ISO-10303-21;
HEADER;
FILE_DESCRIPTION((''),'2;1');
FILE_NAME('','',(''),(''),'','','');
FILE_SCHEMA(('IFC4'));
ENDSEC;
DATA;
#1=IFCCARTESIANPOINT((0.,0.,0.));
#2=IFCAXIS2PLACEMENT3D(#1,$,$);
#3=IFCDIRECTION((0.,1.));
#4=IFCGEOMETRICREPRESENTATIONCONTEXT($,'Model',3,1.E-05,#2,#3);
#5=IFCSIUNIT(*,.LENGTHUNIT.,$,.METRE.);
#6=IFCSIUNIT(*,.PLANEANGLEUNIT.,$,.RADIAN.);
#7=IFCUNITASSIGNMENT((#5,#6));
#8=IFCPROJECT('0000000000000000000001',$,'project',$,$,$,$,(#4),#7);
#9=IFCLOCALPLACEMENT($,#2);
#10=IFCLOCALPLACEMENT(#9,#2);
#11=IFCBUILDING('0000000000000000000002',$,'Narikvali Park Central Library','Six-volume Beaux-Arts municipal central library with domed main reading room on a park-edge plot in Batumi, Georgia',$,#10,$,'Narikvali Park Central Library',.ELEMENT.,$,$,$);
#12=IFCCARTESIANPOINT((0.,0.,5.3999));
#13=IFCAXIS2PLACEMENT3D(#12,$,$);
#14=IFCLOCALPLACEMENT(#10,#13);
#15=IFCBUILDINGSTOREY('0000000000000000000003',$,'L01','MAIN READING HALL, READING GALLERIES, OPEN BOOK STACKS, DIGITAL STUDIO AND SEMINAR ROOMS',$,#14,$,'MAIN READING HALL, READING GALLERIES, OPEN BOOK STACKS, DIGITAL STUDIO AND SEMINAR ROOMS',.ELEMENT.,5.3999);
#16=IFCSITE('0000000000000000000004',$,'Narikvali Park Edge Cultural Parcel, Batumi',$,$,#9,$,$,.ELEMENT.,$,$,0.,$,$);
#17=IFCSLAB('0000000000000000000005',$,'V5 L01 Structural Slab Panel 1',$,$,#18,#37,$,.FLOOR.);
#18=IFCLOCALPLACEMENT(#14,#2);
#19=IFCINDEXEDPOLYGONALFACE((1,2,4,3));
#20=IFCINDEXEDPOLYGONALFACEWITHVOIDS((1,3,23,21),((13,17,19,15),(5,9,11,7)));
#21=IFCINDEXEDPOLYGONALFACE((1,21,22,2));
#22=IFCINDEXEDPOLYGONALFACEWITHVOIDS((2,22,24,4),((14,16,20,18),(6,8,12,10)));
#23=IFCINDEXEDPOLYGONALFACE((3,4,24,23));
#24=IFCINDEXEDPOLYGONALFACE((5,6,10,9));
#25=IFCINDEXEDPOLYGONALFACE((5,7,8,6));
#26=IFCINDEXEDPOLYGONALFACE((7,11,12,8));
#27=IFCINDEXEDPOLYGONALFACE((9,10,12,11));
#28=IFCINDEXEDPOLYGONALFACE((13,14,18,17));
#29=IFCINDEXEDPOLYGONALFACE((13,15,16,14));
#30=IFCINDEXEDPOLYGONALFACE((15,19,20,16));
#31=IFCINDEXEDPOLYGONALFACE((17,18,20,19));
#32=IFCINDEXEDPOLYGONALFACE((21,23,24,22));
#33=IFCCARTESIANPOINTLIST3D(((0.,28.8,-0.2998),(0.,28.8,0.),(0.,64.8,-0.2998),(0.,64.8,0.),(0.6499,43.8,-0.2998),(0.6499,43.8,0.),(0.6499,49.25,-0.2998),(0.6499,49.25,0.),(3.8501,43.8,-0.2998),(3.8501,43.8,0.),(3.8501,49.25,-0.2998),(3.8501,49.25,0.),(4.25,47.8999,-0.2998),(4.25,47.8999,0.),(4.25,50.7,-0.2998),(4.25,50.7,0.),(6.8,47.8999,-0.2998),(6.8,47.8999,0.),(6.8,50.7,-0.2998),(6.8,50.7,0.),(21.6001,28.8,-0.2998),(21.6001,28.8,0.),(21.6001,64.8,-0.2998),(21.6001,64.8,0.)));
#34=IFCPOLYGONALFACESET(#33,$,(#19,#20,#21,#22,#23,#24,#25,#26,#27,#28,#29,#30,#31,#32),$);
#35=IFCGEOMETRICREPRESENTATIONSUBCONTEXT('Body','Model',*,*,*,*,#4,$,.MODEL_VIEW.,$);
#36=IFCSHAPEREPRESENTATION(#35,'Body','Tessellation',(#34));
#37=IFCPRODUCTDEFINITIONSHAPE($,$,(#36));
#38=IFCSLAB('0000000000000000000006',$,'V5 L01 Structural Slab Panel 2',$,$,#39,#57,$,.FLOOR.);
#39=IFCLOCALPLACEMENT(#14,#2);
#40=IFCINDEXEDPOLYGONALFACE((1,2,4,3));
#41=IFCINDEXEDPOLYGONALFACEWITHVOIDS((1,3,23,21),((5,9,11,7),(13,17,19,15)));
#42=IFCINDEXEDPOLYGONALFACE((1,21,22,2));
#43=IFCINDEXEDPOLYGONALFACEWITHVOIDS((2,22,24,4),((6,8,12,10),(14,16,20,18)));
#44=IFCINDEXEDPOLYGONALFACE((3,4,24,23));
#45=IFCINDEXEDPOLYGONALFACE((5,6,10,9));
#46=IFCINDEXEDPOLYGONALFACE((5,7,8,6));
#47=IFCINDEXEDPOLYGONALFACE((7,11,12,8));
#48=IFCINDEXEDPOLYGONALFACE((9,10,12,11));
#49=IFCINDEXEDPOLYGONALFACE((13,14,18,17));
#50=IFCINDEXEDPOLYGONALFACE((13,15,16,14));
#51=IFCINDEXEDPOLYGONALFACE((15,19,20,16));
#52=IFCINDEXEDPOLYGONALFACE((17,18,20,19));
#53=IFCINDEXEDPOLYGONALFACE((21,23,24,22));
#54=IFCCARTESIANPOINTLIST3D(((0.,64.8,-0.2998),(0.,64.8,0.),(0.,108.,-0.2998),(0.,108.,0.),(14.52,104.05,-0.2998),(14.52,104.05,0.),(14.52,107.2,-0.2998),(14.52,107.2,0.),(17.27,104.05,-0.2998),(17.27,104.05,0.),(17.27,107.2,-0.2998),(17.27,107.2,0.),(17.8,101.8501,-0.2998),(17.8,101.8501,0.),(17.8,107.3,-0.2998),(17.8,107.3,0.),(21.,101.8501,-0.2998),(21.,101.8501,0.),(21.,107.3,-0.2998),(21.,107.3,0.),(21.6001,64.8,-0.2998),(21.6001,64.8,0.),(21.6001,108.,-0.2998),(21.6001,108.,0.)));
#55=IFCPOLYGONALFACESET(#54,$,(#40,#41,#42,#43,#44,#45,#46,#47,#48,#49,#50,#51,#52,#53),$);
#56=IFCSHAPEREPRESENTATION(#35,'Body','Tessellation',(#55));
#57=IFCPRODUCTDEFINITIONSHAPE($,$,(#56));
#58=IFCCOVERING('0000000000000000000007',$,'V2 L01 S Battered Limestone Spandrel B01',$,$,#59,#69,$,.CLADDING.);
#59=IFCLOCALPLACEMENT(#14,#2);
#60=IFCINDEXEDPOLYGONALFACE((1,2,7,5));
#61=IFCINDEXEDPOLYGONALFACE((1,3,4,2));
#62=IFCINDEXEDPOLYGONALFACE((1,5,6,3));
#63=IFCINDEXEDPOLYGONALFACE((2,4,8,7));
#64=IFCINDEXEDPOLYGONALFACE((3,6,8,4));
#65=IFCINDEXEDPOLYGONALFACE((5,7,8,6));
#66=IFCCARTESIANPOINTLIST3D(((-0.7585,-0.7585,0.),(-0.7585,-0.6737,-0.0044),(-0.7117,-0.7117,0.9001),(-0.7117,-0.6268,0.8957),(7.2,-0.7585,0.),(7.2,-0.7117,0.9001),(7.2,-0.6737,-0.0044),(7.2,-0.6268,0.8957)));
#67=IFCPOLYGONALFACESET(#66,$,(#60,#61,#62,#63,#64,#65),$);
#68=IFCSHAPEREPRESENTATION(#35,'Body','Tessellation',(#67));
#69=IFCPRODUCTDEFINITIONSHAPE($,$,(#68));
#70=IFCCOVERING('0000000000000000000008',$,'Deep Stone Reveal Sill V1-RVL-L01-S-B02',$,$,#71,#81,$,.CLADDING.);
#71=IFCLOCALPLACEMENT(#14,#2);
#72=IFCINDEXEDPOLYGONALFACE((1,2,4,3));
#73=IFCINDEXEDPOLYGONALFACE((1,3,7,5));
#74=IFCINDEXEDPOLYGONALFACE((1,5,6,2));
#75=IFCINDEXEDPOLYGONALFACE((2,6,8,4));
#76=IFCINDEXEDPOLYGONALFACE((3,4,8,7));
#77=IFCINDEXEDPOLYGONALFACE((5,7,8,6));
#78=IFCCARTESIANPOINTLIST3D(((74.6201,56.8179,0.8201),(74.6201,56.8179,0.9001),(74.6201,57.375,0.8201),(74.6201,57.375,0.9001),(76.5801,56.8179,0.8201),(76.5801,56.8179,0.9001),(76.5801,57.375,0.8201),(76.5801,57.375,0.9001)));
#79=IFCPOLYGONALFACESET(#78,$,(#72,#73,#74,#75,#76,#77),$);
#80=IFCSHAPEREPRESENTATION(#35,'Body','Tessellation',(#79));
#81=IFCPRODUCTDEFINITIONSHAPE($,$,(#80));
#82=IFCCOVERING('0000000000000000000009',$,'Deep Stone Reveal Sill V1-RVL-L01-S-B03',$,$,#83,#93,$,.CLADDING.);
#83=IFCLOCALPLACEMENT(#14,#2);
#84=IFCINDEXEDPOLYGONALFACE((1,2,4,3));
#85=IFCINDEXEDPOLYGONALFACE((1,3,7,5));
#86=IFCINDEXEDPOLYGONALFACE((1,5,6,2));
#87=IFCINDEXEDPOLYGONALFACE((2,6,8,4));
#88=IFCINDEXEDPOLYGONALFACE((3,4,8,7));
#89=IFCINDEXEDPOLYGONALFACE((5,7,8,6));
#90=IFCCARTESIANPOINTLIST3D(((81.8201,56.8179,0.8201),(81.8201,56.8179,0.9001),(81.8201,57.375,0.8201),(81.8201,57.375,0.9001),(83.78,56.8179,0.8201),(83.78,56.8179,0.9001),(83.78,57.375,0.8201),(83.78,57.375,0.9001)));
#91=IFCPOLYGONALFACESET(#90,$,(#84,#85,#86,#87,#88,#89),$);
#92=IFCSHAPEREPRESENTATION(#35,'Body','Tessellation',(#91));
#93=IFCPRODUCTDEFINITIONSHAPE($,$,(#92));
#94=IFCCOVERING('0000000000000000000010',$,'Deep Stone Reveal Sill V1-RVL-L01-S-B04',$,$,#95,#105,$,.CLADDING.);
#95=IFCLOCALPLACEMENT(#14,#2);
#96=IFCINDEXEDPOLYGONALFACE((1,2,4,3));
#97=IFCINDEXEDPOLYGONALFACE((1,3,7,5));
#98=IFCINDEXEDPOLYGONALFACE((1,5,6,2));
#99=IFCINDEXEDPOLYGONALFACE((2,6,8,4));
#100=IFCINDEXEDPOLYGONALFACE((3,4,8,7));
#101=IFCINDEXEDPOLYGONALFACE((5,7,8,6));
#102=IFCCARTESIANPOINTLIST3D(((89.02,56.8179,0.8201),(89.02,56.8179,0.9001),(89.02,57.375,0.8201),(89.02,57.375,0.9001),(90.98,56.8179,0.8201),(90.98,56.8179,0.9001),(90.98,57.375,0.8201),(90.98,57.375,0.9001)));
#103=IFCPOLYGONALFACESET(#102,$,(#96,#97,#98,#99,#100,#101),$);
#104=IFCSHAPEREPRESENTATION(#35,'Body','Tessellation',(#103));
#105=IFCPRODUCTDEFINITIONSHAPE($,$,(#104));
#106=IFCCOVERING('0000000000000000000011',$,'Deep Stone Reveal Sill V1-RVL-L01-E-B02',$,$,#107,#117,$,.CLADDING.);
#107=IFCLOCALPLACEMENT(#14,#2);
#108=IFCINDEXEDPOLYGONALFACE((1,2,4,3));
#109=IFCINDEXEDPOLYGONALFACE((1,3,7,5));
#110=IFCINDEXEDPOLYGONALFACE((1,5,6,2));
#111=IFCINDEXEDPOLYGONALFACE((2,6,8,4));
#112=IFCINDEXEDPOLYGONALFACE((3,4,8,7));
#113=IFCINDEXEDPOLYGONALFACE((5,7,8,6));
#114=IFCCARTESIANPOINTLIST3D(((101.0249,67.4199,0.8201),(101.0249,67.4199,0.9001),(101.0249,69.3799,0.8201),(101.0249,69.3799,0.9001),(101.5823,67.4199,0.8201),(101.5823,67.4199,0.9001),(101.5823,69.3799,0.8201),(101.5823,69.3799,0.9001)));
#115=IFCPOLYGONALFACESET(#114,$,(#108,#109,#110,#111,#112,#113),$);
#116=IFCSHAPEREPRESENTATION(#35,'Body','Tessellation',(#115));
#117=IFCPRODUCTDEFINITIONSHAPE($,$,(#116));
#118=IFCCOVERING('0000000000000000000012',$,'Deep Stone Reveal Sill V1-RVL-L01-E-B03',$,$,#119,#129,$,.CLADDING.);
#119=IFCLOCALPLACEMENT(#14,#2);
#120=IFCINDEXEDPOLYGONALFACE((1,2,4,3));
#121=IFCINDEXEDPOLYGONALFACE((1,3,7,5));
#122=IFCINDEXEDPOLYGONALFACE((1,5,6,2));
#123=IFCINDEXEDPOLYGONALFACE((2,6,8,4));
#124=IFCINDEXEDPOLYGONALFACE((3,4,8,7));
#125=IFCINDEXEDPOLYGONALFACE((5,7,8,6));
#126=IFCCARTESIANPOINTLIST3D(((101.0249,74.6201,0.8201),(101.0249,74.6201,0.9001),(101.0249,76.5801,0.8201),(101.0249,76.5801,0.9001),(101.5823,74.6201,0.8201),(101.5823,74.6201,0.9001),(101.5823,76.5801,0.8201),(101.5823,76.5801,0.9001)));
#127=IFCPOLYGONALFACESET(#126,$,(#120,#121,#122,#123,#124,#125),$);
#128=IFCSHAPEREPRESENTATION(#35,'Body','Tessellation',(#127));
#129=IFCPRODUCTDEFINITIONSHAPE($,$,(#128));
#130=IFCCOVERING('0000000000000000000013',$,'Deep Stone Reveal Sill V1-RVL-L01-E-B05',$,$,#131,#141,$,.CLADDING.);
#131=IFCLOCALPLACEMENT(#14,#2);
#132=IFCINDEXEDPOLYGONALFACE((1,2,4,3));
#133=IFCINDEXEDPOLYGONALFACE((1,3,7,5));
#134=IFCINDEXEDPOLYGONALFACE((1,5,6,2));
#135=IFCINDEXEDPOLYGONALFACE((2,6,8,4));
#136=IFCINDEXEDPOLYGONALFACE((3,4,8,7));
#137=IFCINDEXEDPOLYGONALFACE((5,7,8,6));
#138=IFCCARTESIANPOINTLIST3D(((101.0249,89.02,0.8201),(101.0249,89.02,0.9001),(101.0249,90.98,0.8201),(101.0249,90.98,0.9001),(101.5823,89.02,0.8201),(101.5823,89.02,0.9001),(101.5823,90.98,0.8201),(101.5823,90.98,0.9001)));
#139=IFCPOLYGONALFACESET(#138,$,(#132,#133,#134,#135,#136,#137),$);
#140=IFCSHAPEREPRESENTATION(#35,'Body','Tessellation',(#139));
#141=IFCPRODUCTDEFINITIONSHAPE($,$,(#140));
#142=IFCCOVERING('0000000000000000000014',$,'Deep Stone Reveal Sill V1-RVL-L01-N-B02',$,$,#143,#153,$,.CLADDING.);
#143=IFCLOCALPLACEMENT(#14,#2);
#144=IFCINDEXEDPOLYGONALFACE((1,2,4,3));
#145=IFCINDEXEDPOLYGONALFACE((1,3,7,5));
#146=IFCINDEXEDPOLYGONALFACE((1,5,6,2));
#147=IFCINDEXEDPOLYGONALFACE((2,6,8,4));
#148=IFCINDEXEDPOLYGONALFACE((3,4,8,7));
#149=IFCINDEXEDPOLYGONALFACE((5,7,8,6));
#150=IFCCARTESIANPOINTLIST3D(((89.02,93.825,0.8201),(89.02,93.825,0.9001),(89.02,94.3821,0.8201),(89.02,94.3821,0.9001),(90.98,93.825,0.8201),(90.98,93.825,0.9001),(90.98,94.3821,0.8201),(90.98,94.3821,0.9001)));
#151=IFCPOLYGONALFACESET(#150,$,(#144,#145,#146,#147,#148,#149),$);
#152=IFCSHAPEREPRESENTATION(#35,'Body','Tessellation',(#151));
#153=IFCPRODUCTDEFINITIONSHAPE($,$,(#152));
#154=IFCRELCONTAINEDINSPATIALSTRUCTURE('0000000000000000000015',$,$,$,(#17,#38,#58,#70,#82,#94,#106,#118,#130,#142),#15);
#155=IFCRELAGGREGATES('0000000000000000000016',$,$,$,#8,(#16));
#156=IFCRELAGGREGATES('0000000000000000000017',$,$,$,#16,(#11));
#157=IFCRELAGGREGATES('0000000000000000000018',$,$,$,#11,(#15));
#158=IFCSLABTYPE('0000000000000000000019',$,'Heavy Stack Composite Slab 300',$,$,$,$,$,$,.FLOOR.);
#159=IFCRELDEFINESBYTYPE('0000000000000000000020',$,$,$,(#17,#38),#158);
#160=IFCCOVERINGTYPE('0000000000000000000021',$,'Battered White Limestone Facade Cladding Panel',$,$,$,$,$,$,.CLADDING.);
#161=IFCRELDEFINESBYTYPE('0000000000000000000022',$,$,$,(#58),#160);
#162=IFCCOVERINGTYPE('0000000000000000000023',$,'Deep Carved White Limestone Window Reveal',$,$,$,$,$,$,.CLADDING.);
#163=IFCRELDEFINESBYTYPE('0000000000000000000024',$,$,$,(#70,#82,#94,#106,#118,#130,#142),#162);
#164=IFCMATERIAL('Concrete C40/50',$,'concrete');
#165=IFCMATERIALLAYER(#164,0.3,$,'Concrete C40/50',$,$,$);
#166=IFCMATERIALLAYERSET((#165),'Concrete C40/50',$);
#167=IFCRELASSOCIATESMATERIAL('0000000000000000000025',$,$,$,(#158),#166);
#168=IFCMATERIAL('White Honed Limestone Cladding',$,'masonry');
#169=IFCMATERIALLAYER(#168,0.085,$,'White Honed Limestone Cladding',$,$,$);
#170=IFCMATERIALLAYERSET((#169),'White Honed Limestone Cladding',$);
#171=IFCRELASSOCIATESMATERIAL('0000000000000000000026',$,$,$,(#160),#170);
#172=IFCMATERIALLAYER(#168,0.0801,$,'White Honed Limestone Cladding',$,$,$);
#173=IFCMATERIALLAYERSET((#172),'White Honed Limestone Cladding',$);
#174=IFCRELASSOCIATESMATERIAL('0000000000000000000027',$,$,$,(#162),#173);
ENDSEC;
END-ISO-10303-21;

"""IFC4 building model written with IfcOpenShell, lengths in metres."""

from ifc_helpers import new_model, si_unit, direction, frame, origin, place, context, subcontext, project, spatial, polyline, outline, extrude, material, layer, layer_set, type_object, element, save


model = new_model("IFC4")

# Units and contexts
model_context = context("Model", 3, precision=1e-05, world=origin(), true_north=direction((0.0, 1.0)))
body_context = subcontext(model_context, "Body", "Model", "MODEL_VIEW")
ifc_project = project(units=[si_unit("LENGTHUNIT", "METRE"), si_unit("PLANEANGLEUNIT", "RADIAN")], contexts=[model_context])

# Site, building, storey
site_placement = place(None, origin())
site = spatial("IfcSite", under=ifc_project, at=site_placement, Name="Narikvali Park Edge Cultural Parcel, Batumi", CompositionType="ELEMENT", RefElevation=0.0)
building_placement = place(site_placement, origin())
building = spatial("IfcBuilding", under=site, at=building_placement, Name="Narikvali Park Central Library", Description="Six-volume Beaux-Arts municipal central library with domed main reading room on a park-edge plot in Batumi, Georgia", LongName="Narikvali Park Central Library", CompositionType="ELEMENT")
storey_placement = place(building_placement, frame((0.0, 0.0, 5.3999)))
storey = spatial("IfcBuildingStorey", under=building, at=storey_placement, Name="L01", Description="MAIN READING HALL, READING GALLERIES, OPEN BOOK STACKS, DIGITAL STUDIO AND SEMINAR ROOMS", LongName="MAIN READING HALL, READING GALLERIES, OPEN BOOK STACKS, DIGITAL STUDIO AND SEMINAR ROOMS", CompositionType="ELEMENT", Elevation=5.3999)

# Slabs
ifc_material_1 = material(Name="Concrete C40/50", Category="concrete")
ifc_layer_1 = layer(ifc_material_1, 0.3, Name="Concrete C40/50")
ifc_layer_set_1 = layer_set([ifc_layer_1], Name="Concrete C40/50")
slab_type_1 = type_object("IfcSlabType", Name="Heavy Stack Composite Slab 300", PredefinedType="FLOOR", material=ifc_layer_set_1)
slab_1_placement = place(storey_placement, frame((0.0, 0.0, -0.2998)))
element("IfcSlab", 1, at=slab_1_placement, inside=storey, type_object=slab_type_1, Name="V5 L01 Structural Slab Panel 1", PredefinedType="FLOOR", context=body_context, shape_type="SweptSolid", body=[
    extrude(outline(polyline([(0.0, 28.8), (21.6001, 28.8), (21.6001, 64.8), (0.0, 64.8), (0.0, 28.8)]), holes=[polyline([(0.6499, 43.8), (3.8501, 43.8), (3.8501, 49.25), (0.6499, 49.25), (0.6499, 43.8)]), polyline([(4.25, 47.8999), (6.8, 47.8999), (6.8, 50.7), (4.25, 50.7), (4.25, 47.8999)])]), origin(), (0.0, 0.0, 1.0), 0.2998),
])
slab_2_placement = place(storey_placement, frame((0.0, 0.0, -0.2998)))
element("IfcSlab", 2, at=slab_2_placement, inside=storey, type_object=slab_type_1, Name="V5 L01 Structural Slab Panel 2", PredefinedType="FLOOR", context=body_context, shape_type="SweptSolid", body=[
    extrude(outline(polyline([(0.0, 64.8), (21.6001, 64.8), (21.6001, 108.0), (0.0, 108.0), (0.0, 64.8)]), holes=[polyline([(17.8, 101.8501), (21.0, 101.8501), (21.0, 107.3), (17.8, 107.3), (17.8, 101.8501)]), polyline([(14.52, 104.05), (17.27, 104.05), (17.27, 107.2), (14.52, 107.2), (14.52, 104.05)])]), origin(), (0.0, 0.0, 1.0), 0.2998),
])

# Coverings
ifc_material_2 = material(Name="White Honed Limestone Cladding", Category="masonry")
ifc_layer_2 = layer(ifc_material_2, 0.085, Name="White Honed Limestone Cladding")
ifc_layer_set_2 = layer_set([ifc_layer_2], Name="White Honed Limestone Cladding")
covering_type_1 = type_object("IfcCoveringType", Name="Battered White Limestone Facade Cladding Panel", PredefinedType="CLADDING", material=ifc_layer_set_2)
covering_1_placement = place(storey_placement, frame((-0.7585, -0.7585, 0.0), z_axis=(0.0, -0.998647, 0.052004), x_axis=(1.0, 0.0, 0.0)))
element("IfcCovering", 3, at=covering_1_placement, inside=storey, type_object=covering_type_1, Name="V2 L01 S Battered Limestone Spandrel B01", PredefinedType="CLADDING", context=body_context, shape_type="SweptSolid", body=[
    extrude(outline(polyline([(0.0, 0.0), (7.9585, 0.0), (7.9585, 0.9014), (0.0469, 0.9014), (0.0, 0.0)])), origin(), (0.0, 0.0, -1.0), 0.085),
])
ifc_layer_3 = layer(ifc_material_2, 0.0801, Name="White Honed Limestone Cladding")
ifc_layer_set_3 = layer_set([ifc_layer_3], Name="White Honed Limestone Cladding")
covering_type_2 = type_object("IfcCoveringType", Name="Deep Carved White Limestone Window Reveal", PredefinedType="CLADDING", material=ifc_layer_set_3)
covering_2_placement = place(storey_placement, frame((0.0, 0.0, 0.8201)))
element("IfcCovering", 4, at=covering_2_placement, inside=storey, type_object=covering_type_2, Name="Deep Stone Reveal Sill V1-RVL-L01-S-B02", PredefinedType="CLADDING", context=body_context, shape_type="SweptSolid", body=[
    extrude(outline(polyline([(74.6201, 57.375), (76.5801, 57.375), (76.5801, 56.8179), (74.6201, 56.8179), (74.6201, 57.375)])), origin(), (0.0, 0.0, 1.0), 0.0801),
])
covering_3_placement = place(storey_placement, frame((0.0, 0.0, 0.8201)))
element("IfcCovering", 5, at=covering_3_placement, inside=storey, type_object=covering_type_2, Name="Deep Stone Reveal Sill V1-RVL-L01-S-B03", PredefinedType="CLADDING", context=body_context, shape_type="SweptSolid", body=[
    extrude(outline(polyline([(81.8201, 57.375), (83.78, 57.375), (83.78, 56.8179), (81.8201, 56.8179), (81.8201, 57.375)])), origin(), (0.0, 0.0, 1.0), 0.0801),
])
covering_4_placement = place(storey_placement, frame((0.0, 0.0, 0.8201)))
element("IfcCovering", 6, at=covering_4_placement, inside=storey, type_object=covering_type_2, Name="Deep Stone Reveal Sill V1-RVL-L01-S-B04", PredefinedType="CLADDING", context=body_context, shape_type="SweptSolid", body=[
    extrude(outline(polyline([(89.02, 57.375), (90.98, 57.375), (90.98, 56.8179), (89.02, 56.8179), (89.02, 57.375)])), origin(), (0.0, 0.0, 1.0), 0.0801),
])
covering_5_placement = place(storey_placement, frame((0.0, 0.0, 0.8201)))
element("IfcCovering", 7, at=covering_5_placement, inside=storey, type_object=covering_type_2, Name="Deep Stone Reveal Sill V1-RVL-L01-E-B02", PredefinedType="CLADDING", context=body_context, shape_type="SweptSolid", body=[
    extrude(outline(polyline([(101.0249, 67.4199), (101.0249, 69.3799), (101.5823, 69.3799), (101.5823, 67.4199), (101.0249, 67.4199)])), origin(), (0.0, 0.0, 1.0), 0.0801),
])
covering_6_placement = place(storey_placement, frame((0.0, 0.0, 0.8201)))
element("IfcCovering", 8, at=covering_6_placement, inside=storey, type_object=covering_type_2, Name="Deep Stone Reveal Sill V1-RVL-L01-E-B03", PredefinedType="CLADDING", context=body_context, shape_type="SweptSolid", body=[
    extrude(outline(polyline([(101.0249, 74.6201), (101.0249, 76.5801), (101.5823, 76.5801), (101.5823, 74.6201), (101.0249, 74.6201)])), origin(), (0.0, 0.0, 1.0), 0.0801),
])
covering_7_placement = place(storey_placement, frame((0.0, 0.0, 0.8201)))
element("IfcCovering", 9, at=covering_7_placement, inside=storey, type_object=covering_type_2, Name="Deep Stone Reveal Sill V1-RVL-L01-E-B05", PredefinedType="CLADDING", context=body_context, shape_type="SweptSolid", body=[
    extrude(outline(polyline([(101.0249, 89.02), (101.0249, 90.98), (101.5823, 90.98), (101.5823, 89.02), (101.0249, 89.02)])), origin(), (0.0, 0.0, 1.0), 0.0801),
])
covering_8_placement = place(storey_placement, frame((0.0, 0.0, 0.8201)))
element("IfcCovering", 10, at=covering_8_placement, inside=storey, type_object=covering_type_2, Name="Deep Stone Reveal Sill V1-RVL-L01-N-B02", PredefinedType="CLADDING", context=body_context, shape_type="SweptSolid", body=[
    extrude(outline(polyline([(90.98, 93.825), (89.02, 93.825), (89.02, 94.3821), (90.98, 94.3821), (90.98, 93.825)])), origin(), (0.0, 0.0, 1.0), 0.0801),
])

save(model, "model.ifc")
